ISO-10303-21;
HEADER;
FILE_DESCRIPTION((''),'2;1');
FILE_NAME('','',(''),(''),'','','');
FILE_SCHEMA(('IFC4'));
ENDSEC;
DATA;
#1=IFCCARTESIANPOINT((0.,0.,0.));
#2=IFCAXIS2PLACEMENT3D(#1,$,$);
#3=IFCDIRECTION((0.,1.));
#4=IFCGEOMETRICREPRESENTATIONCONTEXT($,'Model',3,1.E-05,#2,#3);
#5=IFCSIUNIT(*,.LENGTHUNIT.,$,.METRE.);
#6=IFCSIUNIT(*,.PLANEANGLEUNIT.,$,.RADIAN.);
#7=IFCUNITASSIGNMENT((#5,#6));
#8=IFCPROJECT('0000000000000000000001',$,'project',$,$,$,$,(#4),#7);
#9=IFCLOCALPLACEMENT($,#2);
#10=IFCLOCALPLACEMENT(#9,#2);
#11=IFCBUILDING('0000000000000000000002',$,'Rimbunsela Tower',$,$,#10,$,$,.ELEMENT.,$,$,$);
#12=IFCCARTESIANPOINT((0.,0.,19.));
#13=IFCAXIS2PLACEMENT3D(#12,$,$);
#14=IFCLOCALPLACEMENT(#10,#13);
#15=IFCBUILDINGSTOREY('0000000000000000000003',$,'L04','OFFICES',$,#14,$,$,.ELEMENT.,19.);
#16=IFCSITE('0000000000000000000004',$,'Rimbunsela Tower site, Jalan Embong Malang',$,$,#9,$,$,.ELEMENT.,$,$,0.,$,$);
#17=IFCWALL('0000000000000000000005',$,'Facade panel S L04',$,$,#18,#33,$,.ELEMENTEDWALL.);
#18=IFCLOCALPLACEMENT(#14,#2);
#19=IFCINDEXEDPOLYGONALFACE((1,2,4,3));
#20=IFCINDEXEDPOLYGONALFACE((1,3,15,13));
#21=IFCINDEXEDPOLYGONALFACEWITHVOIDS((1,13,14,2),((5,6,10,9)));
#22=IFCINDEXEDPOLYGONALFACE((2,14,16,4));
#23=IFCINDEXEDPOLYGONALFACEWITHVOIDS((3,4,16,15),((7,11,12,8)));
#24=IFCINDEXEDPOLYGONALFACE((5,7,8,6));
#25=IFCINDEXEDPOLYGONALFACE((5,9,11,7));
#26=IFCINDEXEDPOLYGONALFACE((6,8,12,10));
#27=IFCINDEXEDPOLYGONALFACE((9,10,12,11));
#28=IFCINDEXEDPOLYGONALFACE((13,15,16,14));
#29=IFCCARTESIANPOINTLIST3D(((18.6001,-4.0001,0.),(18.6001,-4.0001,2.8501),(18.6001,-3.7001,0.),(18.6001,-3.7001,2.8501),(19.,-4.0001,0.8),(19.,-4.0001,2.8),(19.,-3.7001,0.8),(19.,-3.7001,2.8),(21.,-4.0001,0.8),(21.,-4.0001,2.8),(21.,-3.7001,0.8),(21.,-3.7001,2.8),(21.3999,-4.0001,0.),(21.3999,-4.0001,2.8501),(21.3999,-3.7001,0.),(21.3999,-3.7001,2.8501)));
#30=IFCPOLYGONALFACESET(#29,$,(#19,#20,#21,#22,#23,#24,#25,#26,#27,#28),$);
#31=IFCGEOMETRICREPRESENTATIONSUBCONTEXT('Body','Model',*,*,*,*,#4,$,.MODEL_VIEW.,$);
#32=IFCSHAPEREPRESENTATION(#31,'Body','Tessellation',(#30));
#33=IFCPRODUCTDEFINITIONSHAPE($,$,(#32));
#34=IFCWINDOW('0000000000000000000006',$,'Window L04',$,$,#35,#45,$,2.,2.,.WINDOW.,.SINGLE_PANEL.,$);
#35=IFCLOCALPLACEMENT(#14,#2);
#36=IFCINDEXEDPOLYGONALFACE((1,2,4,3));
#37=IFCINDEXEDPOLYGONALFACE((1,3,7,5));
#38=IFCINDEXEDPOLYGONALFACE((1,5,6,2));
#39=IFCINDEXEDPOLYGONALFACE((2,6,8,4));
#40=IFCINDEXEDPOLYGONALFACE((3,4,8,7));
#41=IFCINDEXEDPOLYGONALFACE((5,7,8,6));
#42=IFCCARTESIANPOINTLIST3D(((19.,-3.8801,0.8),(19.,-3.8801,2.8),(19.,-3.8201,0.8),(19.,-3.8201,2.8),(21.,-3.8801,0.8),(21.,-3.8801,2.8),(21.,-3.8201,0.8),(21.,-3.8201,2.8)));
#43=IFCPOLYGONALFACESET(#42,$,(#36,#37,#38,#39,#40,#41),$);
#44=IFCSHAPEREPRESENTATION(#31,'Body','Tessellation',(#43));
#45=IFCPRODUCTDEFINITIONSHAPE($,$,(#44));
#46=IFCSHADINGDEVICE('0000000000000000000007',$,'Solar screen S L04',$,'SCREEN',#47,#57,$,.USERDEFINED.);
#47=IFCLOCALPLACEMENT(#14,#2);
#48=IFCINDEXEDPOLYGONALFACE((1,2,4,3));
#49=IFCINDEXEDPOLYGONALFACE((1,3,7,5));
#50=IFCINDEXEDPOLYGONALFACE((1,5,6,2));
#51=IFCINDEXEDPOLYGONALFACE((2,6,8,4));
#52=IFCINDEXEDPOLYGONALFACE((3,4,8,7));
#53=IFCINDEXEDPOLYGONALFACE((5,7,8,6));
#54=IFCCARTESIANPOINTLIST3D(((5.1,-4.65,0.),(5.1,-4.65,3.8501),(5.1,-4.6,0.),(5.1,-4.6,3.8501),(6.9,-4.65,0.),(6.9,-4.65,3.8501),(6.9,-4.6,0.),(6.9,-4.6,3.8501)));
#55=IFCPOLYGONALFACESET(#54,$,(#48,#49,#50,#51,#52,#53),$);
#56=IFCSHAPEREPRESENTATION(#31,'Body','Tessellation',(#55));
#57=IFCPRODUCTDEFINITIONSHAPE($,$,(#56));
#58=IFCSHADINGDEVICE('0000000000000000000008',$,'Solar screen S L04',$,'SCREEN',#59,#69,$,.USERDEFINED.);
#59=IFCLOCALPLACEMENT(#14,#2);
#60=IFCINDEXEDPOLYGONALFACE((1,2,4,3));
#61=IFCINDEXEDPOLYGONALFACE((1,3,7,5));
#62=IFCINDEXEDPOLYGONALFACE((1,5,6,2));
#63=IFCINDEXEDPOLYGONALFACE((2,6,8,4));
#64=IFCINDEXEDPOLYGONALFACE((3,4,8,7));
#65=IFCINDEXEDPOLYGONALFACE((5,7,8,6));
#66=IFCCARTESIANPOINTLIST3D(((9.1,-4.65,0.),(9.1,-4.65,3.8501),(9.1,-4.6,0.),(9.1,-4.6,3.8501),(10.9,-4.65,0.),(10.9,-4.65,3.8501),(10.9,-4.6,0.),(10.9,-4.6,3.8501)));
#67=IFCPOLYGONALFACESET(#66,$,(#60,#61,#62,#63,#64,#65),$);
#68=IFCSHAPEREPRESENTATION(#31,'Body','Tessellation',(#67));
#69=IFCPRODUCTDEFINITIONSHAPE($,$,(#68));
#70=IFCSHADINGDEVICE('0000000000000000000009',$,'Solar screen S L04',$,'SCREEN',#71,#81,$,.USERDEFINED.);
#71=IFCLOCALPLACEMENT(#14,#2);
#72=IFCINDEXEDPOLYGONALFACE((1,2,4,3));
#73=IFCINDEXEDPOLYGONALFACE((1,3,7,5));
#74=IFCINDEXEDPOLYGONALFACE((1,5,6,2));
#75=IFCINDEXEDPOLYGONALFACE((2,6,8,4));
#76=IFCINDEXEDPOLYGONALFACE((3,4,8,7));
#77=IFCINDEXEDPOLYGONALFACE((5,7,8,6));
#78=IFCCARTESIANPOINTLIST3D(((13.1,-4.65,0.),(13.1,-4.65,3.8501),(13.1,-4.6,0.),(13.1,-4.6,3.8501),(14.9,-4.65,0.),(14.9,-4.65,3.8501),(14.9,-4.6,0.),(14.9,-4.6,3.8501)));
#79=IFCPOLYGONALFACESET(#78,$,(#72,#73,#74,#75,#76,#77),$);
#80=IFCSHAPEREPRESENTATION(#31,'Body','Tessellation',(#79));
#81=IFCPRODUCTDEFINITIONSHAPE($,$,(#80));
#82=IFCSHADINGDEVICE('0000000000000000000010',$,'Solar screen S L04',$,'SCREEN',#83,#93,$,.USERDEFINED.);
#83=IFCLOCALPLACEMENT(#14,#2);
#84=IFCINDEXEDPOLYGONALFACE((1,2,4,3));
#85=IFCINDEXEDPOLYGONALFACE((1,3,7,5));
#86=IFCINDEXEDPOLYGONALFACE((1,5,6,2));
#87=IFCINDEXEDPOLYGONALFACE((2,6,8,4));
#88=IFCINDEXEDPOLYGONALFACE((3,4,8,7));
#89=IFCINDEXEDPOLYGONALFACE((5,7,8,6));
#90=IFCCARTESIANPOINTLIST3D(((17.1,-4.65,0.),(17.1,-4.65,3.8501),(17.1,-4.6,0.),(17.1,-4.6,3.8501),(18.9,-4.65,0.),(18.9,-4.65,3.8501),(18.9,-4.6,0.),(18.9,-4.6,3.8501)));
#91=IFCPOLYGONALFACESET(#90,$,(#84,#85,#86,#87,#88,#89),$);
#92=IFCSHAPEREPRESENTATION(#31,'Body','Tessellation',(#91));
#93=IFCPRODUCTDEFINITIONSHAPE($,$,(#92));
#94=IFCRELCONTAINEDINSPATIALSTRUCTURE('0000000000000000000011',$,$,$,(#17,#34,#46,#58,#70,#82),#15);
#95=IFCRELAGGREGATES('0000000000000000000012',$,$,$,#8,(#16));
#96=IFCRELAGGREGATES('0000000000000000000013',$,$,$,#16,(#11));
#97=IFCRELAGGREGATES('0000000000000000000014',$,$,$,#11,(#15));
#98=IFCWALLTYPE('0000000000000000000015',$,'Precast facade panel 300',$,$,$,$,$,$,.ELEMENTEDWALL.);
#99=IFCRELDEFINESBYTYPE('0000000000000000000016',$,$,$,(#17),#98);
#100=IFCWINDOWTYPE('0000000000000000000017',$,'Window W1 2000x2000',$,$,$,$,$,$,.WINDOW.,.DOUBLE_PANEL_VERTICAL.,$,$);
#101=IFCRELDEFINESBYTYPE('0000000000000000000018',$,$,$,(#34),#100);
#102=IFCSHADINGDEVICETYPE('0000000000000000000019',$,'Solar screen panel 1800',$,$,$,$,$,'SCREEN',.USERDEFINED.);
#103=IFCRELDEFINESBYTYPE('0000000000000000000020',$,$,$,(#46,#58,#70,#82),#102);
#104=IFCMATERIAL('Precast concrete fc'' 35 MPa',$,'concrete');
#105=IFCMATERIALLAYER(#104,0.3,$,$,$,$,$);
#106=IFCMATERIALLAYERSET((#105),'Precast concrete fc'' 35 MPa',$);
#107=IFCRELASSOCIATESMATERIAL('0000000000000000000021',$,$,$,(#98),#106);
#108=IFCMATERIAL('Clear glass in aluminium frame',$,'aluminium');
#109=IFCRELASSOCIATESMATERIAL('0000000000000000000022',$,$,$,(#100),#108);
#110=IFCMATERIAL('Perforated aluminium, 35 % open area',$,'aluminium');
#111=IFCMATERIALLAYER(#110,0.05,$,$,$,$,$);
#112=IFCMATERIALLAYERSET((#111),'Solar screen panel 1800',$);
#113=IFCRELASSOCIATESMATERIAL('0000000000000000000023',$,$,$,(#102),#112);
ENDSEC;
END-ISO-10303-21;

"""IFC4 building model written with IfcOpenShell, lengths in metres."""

from ifc_helpers import new_model, si_unit, direction, frame, frame_2d, origin, origin_2d, place, context, subcontext, project, spatial, rectangle, extrude, material, layer, layer_set, type_object, element, fill, save


model = new_model("IFC4")

# Units and contexts
model_context = context("Model", 3, precision=1e-05, world=origin(), true_north=direction((0.0, 1.0)))
body_context = subcontext(model_context, "Body", "Model", "MODEL_VIEW")
ifc_project = project(units=[si_unit("LENGTHUNIT", "METRE"), si_unit("PLANEANGLEUNIT", "RADIAN")], contexts=[model_context])

# Site, building, storey
site_placement = place(None, origin())
site = spatial("IfcSite", under=ifc_project, at=site_placement, Name="Rimbunsela Tower site, Jalan Embong Malang", CompositionType="ELEMENT", RefElevation=0.0)
building_placement = place(site_placement, origin())
building = spatial("IfcBuilding", under=site, at=building_placement, Name="Rimbunsela Tower", CompositionType="ELEMENT")
storey_placement = place(building_placement, frame((0.0, 0.0, 19.0)))
storey = spatial("IfcBuildingStorey", under=building, at=storey_placement, Name="L04", Description="OFFICES", CompositionType="ELEMENT", Elevation=19.0)

# Wall, opening, window
ifc_material_1 = material(Name="Precast concrete fc' 35 MPa", Category="concrete")
ifc_layer_1 = layer(ifc_material_1, 0.3)
ifc_layer_set_1 = layer_set([ifc_layer_1], Name="Precast concrete fc' 35 MPa")
wall_type = type_object("IfcWallType", Name="Precast facade panel 300", PredefinedType="ELEMENTEDWALL", material=ifc_layer_set_1)
ifc_material_2 = material(Name="Clear glass in aluminium frame", Category="aluminium")
window_type = type_object("IfcWindowType", Name="Window W1 2000x2000", PartitioningType="DOUBLE_PANEL_VERTICAL", PredefinedType="WINDOW", material=ifc_material_2)
wall_1_placement = place(storey_placement, frame((18.6001, -3.8501, 0.0), z_axis=(0.0, 0.0, 1.0), x_axis=(1.0, 0.0, 0.0)))
wall_1 = element("IfcWall", 1, at=wall_1_placement, inside=storey, type_object=wall_type, Name="Facade panel S L04", PredefinedType="ELEMENTEDWALL", context=body_context, shape_type="SweptSolid", body=[
    extrude(rectangle(XDim=2.7998, YDim=0.3, at=frame_2d((1.3999, 0.0))), origin(), (0.0, 0.0, 1.0), 2.8501),
])
opening_1_placement = place(wall_1_placement, frame((0.3999, 0.0, 0.8)))
opening_1 = element("IfcOpeningElement", 2, at=opening_1_placement, cuts=wall_1, PredefinedType="OPENING", context=body_context, shape_type="SweptSolid", body=[
    extrude(rectangle(XDim=2.0, YDim=2.0, at=frame_2d((1.0, 1.0))), frame((0.0, 0.1599, 0.0), z_axis=(0.0, -1.0, 0.0), x_axis=(1.0, 0.0, 0.0)), (0.0, 0.0, 1.0), 0.3201),
])
window_1_placement = place(opening_1_placement, origin())
window_1 = element("IfcWindow", 3, at=window_1_placement, inside=storey, type_object=window_type, Name="Window L04", OverallHeight=2.0, OverallWidth=2.0, PartitioningType="SINGLE_PANEL", PredefinedType="WINDOW", context=body_context, shape_type="SweptSolid", body=[
    extrude(rectangle(XDim=2.0, YDim=2.0, at=frame_2d((1.0, 1.0))), frame((0.0, 0.03, 0.0), z_axis=(0.0, -1.0, 0.0), x_axis=(1.0, 0.0, 0.0)), (0.0, 0.0, 1.0), 0.0601),
])
fill(opening_1, window_1)

# Shading devices
ifc_material_3 = material(Name="Perforated aluminium, 35 % open area", Category="aluminium")
ifc_layer_2 = layer(ifc_material_3, 0.05)
ifc_layer_set_2 = layer_set([ifc_layer_2], Name="Solar screen panel 1800")
shading_device_type = type_object("IfcShadingDeviceType", Name="Solar screen panel 1800", ElementType="SCREEN", PredefinedType="USERDEFINED", material=ifc_layer_set_2)
for number, where, z_axis, x_axis, name in (
    (4, (6.0, -4.625, 0.0), (0.0, 0.0, 1.0), (1.0, 0.0, 0.0), "Solar screen S L04"),
    (5, (10.0, -4.625, 0.0), (0.0, 0.0, 1.0), (1.0, 0.0, 0.0), "Solar screen S L04"),
    (6, (14.0, -4.625, 0.0), (0.0, 0.0, 1.0), (1.0, 0.0, 0.0), "Solar screen S L04"),
    (7, (18.0, -4.625, 0.0), (0.0, 0.0, 1.0), (1.0, 0.0, 0.0), "Solar screen S L04"),
):
    element("IfcShadingDevice", number, at=place(storey_placement, frame(where, z_axis=z_axis, x_axis=x_axis)), inside=storey, type_object=shading_device_type, Name=name, ObjectType="SCREEN", PredefinedType="USERDEFINED", context=body_context, shape_type="SweptSolid", body=[
        extrude(rectangle(XDim=1.8, YDim=0.05, at=origin_2d()), origin(), (0.0, 0.0, 1.0), 3.8501),
    ])

save(model, "model.ifc")
